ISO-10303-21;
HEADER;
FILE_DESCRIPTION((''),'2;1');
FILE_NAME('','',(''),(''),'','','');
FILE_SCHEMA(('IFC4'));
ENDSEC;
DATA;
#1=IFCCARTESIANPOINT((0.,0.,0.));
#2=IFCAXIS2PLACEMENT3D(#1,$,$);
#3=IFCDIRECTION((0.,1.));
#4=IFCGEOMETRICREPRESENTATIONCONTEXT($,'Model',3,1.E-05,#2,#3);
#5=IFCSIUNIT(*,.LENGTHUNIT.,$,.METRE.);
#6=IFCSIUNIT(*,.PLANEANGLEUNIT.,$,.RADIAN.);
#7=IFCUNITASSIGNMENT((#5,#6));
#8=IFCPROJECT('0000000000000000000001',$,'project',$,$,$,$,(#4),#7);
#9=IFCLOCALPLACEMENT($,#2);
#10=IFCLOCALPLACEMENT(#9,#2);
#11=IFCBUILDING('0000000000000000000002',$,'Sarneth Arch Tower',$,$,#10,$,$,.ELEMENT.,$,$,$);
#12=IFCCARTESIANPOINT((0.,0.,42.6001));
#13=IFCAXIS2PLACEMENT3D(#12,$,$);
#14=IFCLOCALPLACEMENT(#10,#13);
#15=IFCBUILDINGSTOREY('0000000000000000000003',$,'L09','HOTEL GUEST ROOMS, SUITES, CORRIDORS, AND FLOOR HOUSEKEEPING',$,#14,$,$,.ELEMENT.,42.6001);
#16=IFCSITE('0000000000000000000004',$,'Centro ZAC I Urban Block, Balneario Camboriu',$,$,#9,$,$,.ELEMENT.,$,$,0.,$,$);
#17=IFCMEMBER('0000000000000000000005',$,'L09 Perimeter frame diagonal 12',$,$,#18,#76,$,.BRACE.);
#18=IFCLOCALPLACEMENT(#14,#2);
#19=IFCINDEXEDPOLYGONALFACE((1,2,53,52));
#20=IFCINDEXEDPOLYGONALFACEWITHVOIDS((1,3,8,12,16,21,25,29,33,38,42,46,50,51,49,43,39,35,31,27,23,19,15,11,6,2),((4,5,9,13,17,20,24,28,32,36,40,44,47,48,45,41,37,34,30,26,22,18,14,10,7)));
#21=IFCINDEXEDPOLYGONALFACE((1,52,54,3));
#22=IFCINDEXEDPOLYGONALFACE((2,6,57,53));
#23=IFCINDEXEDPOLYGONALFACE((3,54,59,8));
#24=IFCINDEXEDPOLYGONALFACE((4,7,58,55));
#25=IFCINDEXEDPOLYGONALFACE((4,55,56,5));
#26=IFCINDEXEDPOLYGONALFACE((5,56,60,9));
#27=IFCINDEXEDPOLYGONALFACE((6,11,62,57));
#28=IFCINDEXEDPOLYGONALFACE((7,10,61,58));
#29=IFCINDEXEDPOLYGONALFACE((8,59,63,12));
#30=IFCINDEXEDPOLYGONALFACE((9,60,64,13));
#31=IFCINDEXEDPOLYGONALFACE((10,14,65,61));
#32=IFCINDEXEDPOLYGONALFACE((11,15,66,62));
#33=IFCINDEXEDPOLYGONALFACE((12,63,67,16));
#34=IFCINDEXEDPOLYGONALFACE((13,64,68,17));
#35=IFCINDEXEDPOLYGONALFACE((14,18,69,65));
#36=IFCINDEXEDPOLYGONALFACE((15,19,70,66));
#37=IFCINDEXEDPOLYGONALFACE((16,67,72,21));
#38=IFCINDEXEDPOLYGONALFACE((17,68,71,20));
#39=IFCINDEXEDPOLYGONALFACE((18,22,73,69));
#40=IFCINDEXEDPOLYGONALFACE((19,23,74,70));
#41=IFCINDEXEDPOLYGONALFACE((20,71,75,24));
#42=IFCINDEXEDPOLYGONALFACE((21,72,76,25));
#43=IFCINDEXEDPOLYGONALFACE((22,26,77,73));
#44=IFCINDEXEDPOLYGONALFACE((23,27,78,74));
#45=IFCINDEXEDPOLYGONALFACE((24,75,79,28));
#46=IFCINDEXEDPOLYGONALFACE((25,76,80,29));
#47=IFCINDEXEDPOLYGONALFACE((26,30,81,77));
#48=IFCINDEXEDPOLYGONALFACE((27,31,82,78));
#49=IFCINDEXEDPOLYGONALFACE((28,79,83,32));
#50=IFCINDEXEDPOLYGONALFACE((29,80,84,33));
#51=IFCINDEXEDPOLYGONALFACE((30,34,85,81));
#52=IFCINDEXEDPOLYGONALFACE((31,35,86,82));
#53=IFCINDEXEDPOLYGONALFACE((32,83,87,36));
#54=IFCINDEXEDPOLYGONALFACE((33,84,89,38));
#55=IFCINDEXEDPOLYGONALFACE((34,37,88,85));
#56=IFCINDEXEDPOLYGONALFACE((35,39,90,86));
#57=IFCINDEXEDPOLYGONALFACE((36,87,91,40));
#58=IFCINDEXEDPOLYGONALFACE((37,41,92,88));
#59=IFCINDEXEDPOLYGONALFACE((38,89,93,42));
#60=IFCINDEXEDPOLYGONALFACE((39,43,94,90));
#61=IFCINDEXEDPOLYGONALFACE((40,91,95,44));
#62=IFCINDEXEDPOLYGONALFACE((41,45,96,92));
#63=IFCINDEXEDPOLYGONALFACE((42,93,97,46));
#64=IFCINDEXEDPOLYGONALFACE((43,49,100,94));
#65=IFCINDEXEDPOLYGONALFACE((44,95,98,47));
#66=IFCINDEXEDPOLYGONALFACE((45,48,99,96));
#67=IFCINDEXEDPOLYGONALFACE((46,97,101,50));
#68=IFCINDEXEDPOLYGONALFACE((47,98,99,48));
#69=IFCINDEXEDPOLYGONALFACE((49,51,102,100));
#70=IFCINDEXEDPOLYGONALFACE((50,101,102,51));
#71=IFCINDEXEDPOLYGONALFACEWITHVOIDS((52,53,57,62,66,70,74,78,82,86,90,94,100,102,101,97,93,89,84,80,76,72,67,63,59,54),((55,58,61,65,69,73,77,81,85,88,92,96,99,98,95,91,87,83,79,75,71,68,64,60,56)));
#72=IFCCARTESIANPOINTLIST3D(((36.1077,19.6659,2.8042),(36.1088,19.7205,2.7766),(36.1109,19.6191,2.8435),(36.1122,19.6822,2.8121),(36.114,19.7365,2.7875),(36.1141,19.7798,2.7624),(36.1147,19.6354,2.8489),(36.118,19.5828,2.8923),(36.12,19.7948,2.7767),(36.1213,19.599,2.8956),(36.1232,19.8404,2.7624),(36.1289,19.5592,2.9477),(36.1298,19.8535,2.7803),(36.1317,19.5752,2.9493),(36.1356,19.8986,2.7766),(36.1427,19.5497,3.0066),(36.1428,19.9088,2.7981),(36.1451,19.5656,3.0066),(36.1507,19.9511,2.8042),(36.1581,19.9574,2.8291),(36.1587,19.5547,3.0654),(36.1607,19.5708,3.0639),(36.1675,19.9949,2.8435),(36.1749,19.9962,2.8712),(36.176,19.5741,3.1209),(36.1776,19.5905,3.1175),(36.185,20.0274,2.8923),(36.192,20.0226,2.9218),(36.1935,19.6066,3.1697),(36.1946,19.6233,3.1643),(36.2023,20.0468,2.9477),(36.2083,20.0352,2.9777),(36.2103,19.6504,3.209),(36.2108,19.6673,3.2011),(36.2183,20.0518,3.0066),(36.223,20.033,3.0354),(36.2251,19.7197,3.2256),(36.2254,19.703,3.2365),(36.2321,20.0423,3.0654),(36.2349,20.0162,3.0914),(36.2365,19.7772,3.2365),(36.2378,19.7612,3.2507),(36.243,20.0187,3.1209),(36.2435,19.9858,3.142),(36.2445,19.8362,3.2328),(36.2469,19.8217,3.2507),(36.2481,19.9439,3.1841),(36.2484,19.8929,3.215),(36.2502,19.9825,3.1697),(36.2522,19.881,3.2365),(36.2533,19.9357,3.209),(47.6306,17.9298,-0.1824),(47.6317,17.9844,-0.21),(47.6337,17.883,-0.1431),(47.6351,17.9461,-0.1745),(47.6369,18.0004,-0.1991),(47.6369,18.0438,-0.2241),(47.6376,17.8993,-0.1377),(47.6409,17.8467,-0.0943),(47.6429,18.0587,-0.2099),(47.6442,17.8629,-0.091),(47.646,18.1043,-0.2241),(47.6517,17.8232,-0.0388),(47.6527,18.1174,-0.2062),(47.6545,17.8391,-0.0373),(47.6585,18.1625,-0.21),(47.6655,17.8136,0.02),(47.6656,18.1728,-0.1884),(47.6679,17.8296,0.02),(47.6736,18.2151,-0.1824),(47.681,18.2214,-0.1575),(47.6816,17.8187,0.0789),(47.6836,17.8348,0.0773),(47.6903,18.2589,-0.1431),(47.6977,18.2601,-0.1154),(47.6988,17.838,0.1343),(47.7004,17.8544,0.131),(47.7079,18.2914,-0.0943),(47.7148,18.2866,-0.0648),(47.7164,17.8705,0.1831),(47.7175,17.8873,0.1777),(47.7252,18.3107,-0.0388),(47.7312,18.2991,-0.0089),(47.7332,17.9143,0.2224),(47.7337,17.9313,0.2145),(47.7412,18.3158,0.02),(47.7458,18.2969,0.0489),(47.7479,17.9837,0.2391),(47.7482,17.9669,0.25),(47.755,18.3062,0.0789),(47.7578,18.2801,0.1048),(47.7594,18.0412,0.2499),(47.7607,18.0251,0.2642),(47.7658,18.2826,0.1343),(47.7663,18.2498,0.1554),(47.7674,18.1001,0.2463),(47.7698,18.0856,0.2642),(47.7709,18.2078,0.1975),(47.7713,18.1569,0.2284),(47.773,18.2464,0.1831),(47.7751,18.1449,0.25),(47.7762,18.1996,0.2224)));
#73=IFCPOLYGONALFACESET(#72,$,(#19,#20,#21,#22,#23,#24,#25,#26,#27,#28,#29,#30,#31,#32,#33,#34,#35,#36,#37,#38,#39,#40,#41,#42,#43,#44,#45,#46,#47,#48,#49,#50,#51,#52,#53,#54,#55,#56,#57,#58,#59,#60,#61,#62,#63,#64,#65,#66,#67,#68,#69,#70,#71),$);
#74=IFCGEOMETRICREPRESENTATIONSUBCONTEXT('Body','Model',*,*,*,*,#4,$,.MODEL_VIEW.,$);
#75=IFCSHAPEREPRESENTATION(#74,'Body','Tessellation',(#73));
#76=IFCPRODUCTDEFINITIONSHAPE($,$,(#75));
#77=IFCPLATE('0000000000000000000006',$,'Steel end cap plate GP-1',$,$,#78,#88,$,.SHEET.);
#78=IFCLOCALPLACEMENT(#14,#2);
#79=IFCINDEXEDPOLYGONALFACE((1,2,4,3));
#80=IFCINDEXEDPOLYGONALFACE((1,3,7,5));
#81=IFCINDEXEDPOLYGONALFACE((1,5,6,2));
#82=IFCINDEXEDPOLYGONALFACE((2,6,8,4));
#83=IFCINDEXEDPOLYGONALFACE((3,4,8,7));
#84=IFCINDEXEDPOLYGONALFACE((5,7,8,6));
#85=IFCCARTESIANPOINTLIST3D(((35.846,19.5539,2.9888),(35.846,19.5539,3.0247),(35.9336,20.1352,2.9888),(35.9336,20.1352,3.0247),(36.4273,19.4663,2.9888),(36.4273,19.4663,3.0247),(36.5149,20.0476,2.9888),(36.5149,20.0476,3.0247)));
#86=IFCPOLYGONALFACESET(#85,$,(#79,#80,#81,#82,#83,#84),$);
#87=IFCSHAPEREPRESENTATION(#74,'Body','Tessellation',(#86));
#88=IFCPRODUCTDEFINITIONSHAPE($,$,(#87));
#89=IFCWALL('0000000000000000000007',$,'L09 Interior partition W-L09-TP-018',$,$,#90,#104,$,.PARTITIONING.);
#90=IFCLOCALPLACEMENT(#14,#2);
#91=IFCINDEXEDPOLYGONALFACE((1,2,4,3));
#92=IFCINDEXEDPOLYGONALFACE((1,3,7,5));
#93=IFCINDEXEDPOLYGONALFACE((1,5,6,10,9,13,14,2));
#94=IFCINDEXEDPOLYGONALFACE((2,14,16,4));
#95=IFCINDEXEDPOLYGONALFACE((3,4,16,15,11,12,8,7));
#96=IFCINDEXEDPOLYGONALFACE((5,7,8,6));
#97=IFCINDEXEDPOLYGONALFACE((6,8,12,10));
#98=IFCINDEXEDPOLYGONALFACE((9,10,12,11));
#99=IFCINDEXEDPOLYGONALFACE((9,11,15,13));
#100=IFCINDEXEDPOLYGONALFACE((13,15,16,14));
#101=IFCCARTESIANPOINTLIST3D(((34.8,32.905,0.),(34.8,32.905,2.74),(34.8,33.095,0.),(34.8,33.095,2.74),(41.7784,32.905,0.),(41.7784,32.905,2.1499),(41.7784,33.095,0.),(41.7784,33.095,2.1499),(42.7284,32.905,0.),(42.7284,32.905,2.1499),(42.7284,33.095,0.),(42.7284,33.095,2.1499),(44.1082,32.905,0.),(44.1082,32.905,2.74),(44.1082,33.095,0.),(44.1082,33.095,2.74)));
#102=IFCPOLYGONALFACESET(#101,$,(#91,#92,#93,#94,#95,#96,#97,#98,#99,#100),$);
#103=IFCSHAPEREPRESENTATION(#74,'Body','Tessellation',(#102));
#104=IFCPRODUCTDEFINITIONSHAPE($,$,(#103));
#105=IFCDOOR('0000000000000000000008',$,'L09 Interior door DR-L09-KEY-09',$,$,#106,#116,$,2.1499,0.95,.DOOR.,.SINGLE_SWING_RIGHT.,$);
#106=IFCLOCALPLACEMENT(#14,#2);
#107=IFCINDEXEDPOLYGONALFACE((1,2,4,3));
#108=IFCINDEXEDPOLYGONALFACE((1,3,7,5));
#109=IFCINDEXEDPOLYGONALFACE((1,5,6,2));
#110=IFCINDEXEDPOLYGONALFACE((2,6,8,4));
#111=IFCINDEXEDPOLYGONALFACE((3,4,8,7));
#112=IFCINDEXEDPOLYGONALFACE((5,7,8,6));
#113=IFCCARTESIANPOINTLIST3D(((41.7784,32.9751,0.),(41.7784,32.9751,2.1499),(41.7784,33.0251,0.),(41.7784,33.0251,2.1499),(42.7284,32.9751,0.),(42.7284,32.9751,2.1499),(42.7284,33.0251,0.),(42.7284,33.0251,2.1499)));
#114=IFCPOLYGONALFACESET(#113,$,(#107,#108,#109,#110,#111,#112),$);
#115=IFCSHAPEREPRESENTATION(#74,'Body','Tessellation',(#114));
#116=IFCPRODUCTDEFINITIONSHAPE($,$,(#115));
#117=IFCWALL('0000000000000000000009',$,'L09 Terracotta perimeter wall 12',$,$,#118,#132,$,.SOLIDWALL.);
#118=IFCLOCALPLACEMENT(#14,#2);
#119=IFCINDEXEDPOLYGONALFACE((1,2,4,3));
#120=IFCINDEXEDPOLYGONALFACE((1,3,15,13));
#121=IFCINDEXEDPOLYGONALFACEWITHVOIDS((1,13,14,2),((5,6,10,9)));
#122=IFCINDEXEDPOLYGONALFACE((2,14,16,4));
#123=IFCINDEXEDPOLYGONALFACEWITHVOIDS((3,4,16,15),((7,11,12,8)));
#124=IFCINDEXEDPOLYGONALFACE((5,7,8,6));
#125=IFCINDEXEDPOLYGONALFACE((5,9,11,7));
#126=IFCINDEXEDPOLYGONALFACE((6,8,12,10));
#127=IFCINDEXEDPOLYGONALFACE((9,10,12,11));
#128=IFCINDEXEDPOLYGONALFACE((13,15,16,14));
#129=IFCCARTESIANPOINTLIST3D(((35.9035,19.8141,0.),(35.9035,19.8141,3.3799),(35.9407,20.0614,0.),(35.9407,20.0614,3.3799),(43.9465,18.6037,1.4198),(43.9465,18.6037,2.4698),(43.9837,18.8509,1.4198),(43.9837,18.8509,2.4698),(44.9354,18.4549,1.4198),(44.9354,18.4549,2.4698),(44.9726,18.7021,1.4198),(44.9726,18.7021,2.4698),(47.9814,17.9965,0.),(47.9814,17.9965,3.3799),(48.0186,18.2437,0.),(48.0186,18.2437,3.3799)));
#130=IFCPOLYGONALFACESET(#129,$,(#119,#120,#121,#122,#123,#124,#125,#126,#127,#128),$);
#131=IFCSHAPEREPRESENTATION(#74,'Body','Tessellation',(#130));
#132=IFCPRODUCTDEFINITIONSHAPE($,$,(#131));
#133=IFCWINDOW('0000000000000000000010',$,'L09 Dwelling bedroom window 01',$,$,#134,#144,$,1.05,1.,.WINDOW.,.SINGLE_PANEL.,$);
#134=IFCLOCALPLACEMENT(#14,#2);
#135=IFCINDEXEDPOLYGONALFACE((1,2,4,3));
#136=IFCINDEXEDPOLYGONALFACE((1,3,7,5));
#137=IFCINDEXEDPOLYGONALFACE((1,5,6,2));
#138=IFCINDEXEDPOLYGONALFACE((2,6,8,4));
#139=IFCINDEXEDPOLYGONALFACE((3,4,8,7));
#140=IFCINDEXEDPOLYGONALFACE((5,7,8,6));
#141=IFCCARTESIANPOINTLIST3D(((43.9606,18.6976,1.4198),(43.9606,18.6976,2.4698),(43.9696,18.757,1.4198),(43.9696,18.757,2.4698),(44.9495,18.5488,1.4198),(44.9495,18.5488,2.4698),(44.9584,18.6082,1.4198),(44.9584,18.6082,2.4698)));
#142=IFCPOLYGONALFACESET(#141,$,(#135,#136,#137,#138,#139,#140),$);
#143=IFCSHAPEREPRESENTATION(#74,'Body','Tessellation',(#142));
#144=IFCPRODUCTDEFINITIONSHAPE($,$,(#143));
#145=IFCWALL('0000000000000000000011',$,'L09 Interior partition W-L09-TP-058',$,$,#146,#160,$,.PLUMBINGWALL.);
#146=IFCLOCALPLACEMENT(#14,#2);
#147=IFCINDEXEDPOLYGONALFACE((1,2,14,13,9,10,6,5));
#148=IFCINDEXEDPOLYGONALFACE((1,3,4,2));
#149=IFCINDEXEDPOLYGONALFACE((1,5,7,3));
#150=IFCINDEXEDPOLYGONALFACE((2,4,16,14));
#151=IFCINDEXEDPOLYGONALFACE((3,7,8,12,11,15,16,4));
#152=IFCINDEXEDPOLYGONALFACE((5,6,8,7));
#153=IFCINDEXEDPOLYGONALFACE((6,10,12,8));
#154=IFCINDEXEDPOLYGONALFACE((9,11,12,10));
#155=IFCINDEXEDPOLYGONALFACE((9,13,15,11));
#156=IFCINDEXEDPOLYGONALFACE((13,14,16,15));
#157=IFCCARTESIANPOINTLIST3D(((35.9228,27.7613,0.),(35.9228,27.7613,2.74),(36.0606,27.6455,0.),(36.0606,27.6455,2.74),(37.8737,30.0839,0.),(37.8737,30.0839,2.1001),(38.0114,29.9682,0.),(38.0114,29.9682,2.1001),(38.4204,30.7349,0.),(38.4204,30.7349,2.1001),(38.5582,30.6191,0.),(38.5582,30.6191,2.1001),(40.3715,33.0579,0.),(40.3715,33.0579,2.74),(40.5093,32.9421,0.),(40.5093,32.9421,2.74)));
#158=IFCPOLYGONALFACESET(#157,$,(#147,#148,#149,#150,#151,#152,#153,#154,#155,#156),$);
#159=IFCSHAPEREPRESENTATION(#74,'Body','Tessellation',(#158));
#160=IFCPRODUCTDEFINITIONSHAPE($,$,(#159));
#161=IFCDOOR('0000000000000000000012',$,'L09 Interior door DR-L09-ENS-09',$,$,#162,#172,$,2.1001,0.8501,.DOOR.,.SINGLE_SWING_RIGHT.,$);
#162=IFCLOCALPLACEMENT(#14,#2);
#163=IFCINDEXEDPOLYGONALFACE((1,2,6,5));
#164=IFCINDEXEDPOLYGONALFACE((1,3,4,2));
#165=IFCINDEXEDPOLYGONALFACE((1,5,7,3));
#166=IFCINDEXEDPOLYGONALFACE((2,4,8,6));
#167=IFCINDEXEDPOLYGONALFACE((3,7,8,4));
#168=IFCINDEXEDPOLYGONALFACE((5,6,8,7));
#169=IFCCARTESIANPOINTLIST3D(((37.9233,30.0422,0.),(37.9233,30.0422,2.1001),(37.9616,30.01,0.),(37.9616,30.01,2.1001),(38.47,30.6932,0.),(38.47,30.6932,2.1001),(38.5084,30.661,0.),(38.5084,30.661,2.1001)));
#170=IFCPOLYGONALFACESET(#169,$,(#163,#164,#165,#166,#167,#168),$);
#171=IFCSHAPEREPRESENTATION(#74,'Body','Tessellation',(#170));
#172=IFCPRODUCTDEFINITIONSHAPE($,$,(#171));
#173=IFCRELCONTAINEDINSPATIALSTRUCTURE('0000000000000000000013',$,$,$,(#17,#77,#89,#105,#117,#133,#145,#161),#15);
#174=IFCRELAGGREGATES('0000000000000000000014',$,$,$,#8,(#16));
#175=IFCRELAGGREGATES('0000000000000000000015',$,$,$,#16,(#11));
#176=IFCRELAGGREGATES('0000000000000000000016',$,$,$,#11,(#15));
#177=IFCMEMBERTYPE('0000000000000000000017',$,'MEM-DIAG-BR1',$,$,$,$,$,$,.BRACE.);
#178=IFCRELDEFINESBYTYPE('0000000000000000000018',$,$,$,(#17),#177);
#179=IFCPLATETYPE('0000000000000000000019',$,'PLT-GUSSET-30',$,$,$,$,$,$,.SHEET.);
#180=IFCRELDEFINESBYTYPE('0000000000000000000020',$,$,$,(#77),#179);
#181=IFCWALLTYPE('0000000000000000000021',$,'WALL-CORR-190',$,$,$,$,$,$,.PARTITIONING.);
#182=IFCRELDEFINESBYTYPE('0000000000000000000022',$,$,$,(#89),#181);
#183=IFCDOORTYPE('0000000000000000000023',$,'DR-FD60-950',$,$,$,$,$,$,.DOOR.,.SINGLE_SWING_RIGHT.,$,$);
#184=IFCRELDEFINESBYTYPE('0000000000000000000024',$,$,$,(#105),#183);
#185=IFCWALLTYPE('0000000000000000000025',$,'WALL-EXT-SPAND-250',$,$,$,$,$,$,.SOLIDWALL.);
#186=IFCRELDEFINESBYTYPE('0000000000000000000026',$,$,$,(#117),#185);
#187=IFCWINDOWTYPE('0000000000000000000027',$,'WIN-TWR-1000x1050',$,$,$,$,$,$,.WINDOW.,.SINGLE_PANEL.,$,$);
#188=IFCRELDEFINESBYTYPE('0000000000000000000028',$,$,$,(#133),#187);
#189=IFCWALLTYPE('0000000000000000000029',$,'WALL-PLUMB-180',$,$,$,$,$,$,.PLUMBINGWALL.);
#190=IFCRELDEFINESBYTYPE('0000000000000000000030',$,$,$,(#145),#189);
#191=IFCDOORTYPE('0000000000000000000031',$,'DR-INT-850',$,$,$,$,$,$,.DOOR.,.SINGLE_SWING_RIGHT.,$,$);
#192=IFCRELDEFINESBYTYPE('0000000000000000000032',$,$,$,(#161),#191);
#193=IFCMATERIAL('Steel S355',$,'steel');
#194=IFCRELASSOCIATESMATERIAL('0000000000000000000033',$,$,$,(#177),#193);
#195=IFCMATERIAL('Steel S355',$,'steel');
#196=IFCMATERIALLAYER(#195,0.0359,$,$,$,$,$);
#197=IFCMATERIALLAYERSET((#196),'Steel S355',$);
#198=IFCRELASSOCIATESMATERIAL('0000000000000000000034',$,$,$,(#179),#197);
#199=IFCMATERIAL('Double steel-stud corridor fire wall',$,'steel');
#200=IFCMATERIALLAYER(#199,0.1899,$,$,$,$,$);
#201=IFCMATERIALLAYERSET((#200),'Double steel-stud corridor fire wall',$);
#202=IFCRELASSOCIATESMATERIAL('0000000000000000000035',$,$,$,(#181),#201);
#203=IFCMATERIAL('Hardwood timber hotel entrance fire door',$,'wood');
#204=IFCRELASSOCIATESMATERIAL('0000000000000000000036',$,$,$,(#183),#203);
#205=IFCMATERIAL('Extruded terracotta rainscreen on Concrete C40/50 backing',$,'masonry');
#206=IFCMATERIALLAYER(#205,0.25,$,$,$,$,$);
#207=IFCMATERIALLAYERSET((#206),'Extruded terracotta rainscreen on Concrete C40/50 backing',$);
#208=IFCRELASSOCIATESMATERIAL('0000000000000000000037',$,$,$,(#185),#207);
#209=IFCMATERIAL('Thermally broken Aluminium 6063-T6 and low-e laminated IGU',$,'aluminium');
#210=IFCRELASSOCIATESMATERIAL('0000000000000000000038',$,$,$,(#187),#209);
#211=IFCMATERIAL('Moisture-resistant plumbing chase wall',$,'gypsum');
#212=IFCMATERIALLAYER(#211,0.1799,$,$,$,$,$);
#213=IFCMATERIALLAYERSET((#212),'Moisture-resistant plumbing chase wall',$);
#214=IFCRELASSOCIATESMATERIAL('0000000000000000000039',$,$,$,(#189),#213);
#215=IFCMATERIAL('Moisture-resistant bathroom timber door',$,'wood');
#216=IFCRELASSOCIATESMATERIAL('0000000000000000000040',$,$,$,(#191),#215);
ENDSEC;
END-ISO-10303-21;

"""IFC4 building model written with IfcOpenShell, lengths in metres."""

from ifc_helpers import new_model, si_unit, direction, frame, frame_2d, origin, origin_2d, place, context, subcontext, project, spatial, rectangle, hollow_circle, extrude, material, layer, layer_set, material_profile, profile_set, type_object, element, fill, save


model = new_model("IFC4")

# Units and contexts
model_context = context("Model", 3, precision=1e-05, world=origin(), true_north=direction((0.0, 1.0)))
body_context = subcontext(model_context, "Body", "Model", "MODEL_VIEW")
ifc_project = project(units=[si_unit("LENGTHUNIT", "METRE"), si_unit("PLANEANGLEUNIT", "RADIAN")], contexts=[model_context])

# Site, building, storey
site_placement = place(None, origin())
site = spatial("IfcSite", under=ifc_project, at=site_placement, Name="Centro ZAC I Urban Block, Balneario Camboriu", CompositionType="ELEMENT", RefElevation=0.0)
building_placement = place(site_placement, origin())
building = spatial("IfcBuilding", under=site, at=building_placement, Name="Sarneth Arch Tower", CompositionType="ELEMENT")
storey_placement = place(building_placement, frame((0.0, 0.0, 42.6001)))
storey = spatial("IfcBuildingStorey", under=building, at=storey_placement, Name="L09", Description="HOTEL GUEST ROOMS, SUITES, CORRIDORS, AND FLOOR HOUSEKEEPING", CompositionType="ELEMENT", Elevation=42.6001)

# Member
ifc_material_1 = material(Name="Steel S355", Category="steel")
ifc_material_profile_1 = material_profile(ifc_material_1, hollow_circle(Radius=0.2539, WallThickness=0.0161, at=origin_2d()), Name="CHS508x16")
ifc_profile_set_1 = profile_set([ifc_material_profile_1], Name="Steel S355")
member_type_1 = type_object("IfcMemberType", Name="MEM-DIAG-BR1", PredefinedType="BRACE", material=ifc_profile_set_1)
member_1_placement = place(storey_placement, frame((47.7034, 18.0647, 0.02), z_axis=(-0.957881, 0.144317, 0.248268), x_axis=(-0.148982, -0.98884, 0.0)))
element("IfcMember", 1, at=member_1_placement, inside=storey, type_object=member_type_1, Name="L09 Perimeter frame diagonal 12", PredefinedType="BRACE", context=body_context, shape_type="SweptSolid", body=[
    extrude(hollow_circle(Radius=0.2539, WallThickness=0.0161, at=origin_2d()), origin(), (0.0, 0.0, 1.0), 12.0295),
])

# Plate
ifc_material_2 = material(Name="Steel S355", Category="steel")
ifc_layer_1 = layer(ifc_material_2, 0.0359)
ifc_layer_set_1 = layer_set([ifc_layer_1], Name="Steel S355")
plate_type = type_object("IfcPlateType", Name="PLT-GUSSET-30", PredefinedType="SHEET", material=ifc_layer_set_1)
plate_placement = place(storey_placement, frame((36.1804, 19.8008, 2.9888), z_axis=(0.0, 0.0, 1.0), x_axis=(0.988835, -0.149018, 0.0)))
element("IfcPlate", 2, at=plate_placement, inside=storey, type_object=plate_type, Name="Steel end cap plate GP-1", PredefinedType="SHEET", context=body_context, shape_type="SweptSolid", body=[
    extrude(rectangle(XDim=0.5879, YDim=0.5879, at=origin_2d()), origin(), (0.0, 0.0, 1.0), 0.0359),
])

# Wall, opening, door
ifc_material_3 = material(Name="Double steel-stud corridor fire wall", Category="steel")
ifc_layer_2 = layer(ifc_material_3, 0.1899)
ifc_layer_set_2 = layer_set([ifc_layer_2], Name="Double steel-stud corridor fire wall")
wall_type_1 = type_object("IfcWallType", Name="WALL-CORR-190", PredefinedType="PARTITIONING", material=ifc_layer_set_2)
wall_1_placement = place(storey_placement, frame((44.1082, 33.0, 0.0), z_axis=(0.0, 0.0, 1.0), x_axis=(-1.0, 0.0, 0.0)))
wall_1 = element("IfcWall", 3, at=wall_1_placement, inside=storey, type_object=wall_type_1, Name="L09 Interior partition W-L09-TP-018", PredefinedType="PARTITIONING", context=body_context, shape_type="SweptSolid", body=[
    extrude(rectangle(XDim=9.3081, YDim=0.1899, at=frame_2d((4.6541, 0.0))), origin(), (0.0, 0.0, 1.0), 2.74),
])
opening_1_placement = place(wall_1_placement, frame((1.3796, 0.0, 0.0)))
opening_1 = element("IfcOpeningElement", 4, at=opening_1_placement, cuts=wall_1, PredefinedType="OPENING", context=body_context, shape_type="SweptSolid", body=[
    extrude(rectangle(XDim=0.95, YDim=2.1499, at=frame_2d((0.4751, 1.075))), frame((0.0, 0.105, 0.0), z_axis=(0.0, -1.0, 0.0), x_axis=(1.0, 0.0, 0.0)), (0.0, 0.0, 1.0), 0.21),
])
ifc_material_4 = material(Name="Hardwood timber hotel entrance fire door", Category="wood")
door_type_1 = type_object("IfcDoorType", Name="DR-FD60-950", OperationType="SINGLE_SWING_RIGHT", PredefinedType="DOOR", material=ifc_material_4)
door_1_placement = place(opening_1_placement, origin())
door_1 = element("IfcDoor", 5, at=door_1_placement, inside=storey, type_object=door_type_1, Name="L09 Interior door DR-L09-KEY-09", OperationType="SINGLE_SWING_RIGHT", OverallHeight=2.1499, OverallWidth=0.95, PredefinedType="DOOR", context=body_context, shape_type="SweptSolid", body=[
    extrude(rectangle(XDim=0.95, YDim=2.1499, at=frame_2d((0.4751, 1.075))), frame((0.0, 0.0249, 0.0), z_axis=(0.0, -1.0, 0.0), x_axis=(1.0, 0.0, 0.0)), (0.0, 0.0, 1.0), 0.05),
])
fill(opening_1, door_1)

# Wall, opening, window
ifc_material_5 = material(Name="Extruded terracotta rainscreen on Concrete C40/50 backing", Category="masonry")
ifc_layer_3 = layer(ifc_material_5, 0.25)
ifc_layer_set_3 = layer_set([ifc_layer_3], Name="Extruded terracotta rainscreen on Concrete C40/50 backing")
wall_type_2 = type_object("IfcWallType", Name="WALL-EXT-SPAND-250", PredefinedType="SOLIDWALL", material=ifc_layer_set_3)
wall_2_placement = place(storey_placement, frame((35.9221, 19.9377, 0.0), z_axis=(0.0, 0.0, 1.0), x_axis=(0.988865, -0.148816, 0.0)))
wall_2 = element("IfcWall", 6, at=wall_2_placement, inside=storey, type_object=wall_type_2, Name="L09 Terracotta perimeter wall 12", PredefinedType="SOLIDWALL", context=body_context, shape_type="SweptSolid", body=[
    extrude(rectangle(XDim=12.2139, YDim=0.25, at=frame_2d((6.1069, 0.0))), origin(), (0.0, 0.0, 1.0), 3.3799),
])
opening_2_placement = place(wall_2_placement, frame((8.1335, 0.0, 1.4199)))
opening_2 = element("IfcOpeningElement", 7, at=opening_2_placement, cuts=wall_2, PredefinedType="OPENING", context=body_context, shape_type="SweptSolid", body=[
    extrude(rectangle(XDim=1.0, YDim=1.05, at=frame_2d((0.5, 0.5249))), frame((0.0, 0.135, 0.0), z_axis=(0.0, -1.0, 0.0), x_axis=(1.0, 0.0, 0.0)), (0.0, 0.0, 1.0), 0.27),
])
ifc_material_6 = material(Name="Thermally broken Aluminium 6063-T6 and low-e laminated IGU", Category="aluminium")
window_type = type_object("IfcWindowType", Name="WIN-TWR-1000x1050", PartitioningType="SINGLE_PANEL", PredefinedType="WINDOW", material=ifc_material_6)
window_placement = place(opening_2_placement, origin())
window = element("IfcWindow", 8, at=window_placement, inside=storey, type_object=window_type, Name="L09 Dwelling bedroom window 01", OverallHeight=1.05, OverallWidth=1.0, PartitioningType="SINGLE_PANEL", PredefinedType="WINDOW", context=body_context, shape_type="SweptSolid", body=[
    extrude(rectangle(XDim=1.0, YDim=1.05, at=frame_2d((0.5, 0.5249))), frame((0.0, 0.03, 0.0), z_axis=(0.0, -1.0, 0.0), x_axis=(1.0, 0.0, 0.0)), (0.0, 0.0, 1.0), 0.0601),
])
fill(opening_2, window)

# Wall, opening, door
ifc_material_7 = material(Name="Moisture-resistant plumbing chase wall", Category="gypsum")
ifc_layer_4 = layer(ifc_material_7, 0.1799)
ifc_layer_set_4 = layer_set([ifc_layer_4], Name="Moisture-resistant plumbing chase wall")
wall_type_3 = type_object("IfcWallType", Name="WALL-PLUMB-180", PredefinedType="PLUMBINGWALL", material=ifc_layer_set_4)
wall_3_placement = place(storey_placement, frame((40.4404, 33.0, 0.0), z_axis=(0.0, 0.0, 1.0), x_axis=(-0.643155, -0.765736, 0.0)))
wall_3 = element("IfcWall", 9, at=wall_3_placement, inside=storey, type_object=wall_type_3, Name="L09 Interior partition W-L09-TP-058", PredefinedType="PLUMBINGWALL", context=body_context, shape_type="SweptSolid", body=[
    extrude(rectangle(XDim=6.917, YDim=0.1799, at=frame_2d((3.4585, 0.0))), origin(), (0.0, 0.0, 1.0), 2.74),
])
opening_3_placement = place(wall_3_placement, frame((3.0337, 0.0, 0.0)))
opening_3 = element("IfcOpeningElement", 10, at=opening_3_placement, cuts=wall_3, PredefinedType="OPENING", context=body_context, shape_type="SweptSolid", body=[
    extrude(rectangle(XDim=0.8501, YDim=2.1001, at=frame_2d((0.425, 1.05))), frame((0.0, 0.0999, 0.0), z_axis=(0.0, -1.0, 0.0), x_axis=(1.0, 0.0, 0.0)), (0.0, 0.0, 1.0), 0.2),
])
ifc_material_8 = material(Name="Moisture-resistant bathroom timber door", Category="wood")
door_type_2 = type_object("IfcDoorType", Name="DR-INT-850", OperationType="SINGLE_SWING_RIGHT", PredefinedType="DOOR", material=ifc_material_8)
door_2_placement = place(opening_3_placement, origin())
door_2 = element("IfcDoor", 11, at=door_2_placement, inside=storey, type_object=door_type_2, Name="L09 Interior door DR-L09-ENS-09", OperationType="SINGLE_SWING_RIGHT", OverallHeight=2.1001, OverallWidth=0.8501, PredefinedType="DOOR", context=body_context, shape_type="SweptSolid", body=[
    extrude(rectangle(XDim=0.8501, YDim=2.1001, at=frame_2d((0.425, 1.05))), frame((0.0, 0.0249, 0.0), z_axis=(0.0, -1.0, 0.0), x_axis=(1.0, 0.0, 0.0)), (0.0, 0.0, 1.0), 0.05),
])
fill(opening_3, door_2)

save(model, "model.ifc")
